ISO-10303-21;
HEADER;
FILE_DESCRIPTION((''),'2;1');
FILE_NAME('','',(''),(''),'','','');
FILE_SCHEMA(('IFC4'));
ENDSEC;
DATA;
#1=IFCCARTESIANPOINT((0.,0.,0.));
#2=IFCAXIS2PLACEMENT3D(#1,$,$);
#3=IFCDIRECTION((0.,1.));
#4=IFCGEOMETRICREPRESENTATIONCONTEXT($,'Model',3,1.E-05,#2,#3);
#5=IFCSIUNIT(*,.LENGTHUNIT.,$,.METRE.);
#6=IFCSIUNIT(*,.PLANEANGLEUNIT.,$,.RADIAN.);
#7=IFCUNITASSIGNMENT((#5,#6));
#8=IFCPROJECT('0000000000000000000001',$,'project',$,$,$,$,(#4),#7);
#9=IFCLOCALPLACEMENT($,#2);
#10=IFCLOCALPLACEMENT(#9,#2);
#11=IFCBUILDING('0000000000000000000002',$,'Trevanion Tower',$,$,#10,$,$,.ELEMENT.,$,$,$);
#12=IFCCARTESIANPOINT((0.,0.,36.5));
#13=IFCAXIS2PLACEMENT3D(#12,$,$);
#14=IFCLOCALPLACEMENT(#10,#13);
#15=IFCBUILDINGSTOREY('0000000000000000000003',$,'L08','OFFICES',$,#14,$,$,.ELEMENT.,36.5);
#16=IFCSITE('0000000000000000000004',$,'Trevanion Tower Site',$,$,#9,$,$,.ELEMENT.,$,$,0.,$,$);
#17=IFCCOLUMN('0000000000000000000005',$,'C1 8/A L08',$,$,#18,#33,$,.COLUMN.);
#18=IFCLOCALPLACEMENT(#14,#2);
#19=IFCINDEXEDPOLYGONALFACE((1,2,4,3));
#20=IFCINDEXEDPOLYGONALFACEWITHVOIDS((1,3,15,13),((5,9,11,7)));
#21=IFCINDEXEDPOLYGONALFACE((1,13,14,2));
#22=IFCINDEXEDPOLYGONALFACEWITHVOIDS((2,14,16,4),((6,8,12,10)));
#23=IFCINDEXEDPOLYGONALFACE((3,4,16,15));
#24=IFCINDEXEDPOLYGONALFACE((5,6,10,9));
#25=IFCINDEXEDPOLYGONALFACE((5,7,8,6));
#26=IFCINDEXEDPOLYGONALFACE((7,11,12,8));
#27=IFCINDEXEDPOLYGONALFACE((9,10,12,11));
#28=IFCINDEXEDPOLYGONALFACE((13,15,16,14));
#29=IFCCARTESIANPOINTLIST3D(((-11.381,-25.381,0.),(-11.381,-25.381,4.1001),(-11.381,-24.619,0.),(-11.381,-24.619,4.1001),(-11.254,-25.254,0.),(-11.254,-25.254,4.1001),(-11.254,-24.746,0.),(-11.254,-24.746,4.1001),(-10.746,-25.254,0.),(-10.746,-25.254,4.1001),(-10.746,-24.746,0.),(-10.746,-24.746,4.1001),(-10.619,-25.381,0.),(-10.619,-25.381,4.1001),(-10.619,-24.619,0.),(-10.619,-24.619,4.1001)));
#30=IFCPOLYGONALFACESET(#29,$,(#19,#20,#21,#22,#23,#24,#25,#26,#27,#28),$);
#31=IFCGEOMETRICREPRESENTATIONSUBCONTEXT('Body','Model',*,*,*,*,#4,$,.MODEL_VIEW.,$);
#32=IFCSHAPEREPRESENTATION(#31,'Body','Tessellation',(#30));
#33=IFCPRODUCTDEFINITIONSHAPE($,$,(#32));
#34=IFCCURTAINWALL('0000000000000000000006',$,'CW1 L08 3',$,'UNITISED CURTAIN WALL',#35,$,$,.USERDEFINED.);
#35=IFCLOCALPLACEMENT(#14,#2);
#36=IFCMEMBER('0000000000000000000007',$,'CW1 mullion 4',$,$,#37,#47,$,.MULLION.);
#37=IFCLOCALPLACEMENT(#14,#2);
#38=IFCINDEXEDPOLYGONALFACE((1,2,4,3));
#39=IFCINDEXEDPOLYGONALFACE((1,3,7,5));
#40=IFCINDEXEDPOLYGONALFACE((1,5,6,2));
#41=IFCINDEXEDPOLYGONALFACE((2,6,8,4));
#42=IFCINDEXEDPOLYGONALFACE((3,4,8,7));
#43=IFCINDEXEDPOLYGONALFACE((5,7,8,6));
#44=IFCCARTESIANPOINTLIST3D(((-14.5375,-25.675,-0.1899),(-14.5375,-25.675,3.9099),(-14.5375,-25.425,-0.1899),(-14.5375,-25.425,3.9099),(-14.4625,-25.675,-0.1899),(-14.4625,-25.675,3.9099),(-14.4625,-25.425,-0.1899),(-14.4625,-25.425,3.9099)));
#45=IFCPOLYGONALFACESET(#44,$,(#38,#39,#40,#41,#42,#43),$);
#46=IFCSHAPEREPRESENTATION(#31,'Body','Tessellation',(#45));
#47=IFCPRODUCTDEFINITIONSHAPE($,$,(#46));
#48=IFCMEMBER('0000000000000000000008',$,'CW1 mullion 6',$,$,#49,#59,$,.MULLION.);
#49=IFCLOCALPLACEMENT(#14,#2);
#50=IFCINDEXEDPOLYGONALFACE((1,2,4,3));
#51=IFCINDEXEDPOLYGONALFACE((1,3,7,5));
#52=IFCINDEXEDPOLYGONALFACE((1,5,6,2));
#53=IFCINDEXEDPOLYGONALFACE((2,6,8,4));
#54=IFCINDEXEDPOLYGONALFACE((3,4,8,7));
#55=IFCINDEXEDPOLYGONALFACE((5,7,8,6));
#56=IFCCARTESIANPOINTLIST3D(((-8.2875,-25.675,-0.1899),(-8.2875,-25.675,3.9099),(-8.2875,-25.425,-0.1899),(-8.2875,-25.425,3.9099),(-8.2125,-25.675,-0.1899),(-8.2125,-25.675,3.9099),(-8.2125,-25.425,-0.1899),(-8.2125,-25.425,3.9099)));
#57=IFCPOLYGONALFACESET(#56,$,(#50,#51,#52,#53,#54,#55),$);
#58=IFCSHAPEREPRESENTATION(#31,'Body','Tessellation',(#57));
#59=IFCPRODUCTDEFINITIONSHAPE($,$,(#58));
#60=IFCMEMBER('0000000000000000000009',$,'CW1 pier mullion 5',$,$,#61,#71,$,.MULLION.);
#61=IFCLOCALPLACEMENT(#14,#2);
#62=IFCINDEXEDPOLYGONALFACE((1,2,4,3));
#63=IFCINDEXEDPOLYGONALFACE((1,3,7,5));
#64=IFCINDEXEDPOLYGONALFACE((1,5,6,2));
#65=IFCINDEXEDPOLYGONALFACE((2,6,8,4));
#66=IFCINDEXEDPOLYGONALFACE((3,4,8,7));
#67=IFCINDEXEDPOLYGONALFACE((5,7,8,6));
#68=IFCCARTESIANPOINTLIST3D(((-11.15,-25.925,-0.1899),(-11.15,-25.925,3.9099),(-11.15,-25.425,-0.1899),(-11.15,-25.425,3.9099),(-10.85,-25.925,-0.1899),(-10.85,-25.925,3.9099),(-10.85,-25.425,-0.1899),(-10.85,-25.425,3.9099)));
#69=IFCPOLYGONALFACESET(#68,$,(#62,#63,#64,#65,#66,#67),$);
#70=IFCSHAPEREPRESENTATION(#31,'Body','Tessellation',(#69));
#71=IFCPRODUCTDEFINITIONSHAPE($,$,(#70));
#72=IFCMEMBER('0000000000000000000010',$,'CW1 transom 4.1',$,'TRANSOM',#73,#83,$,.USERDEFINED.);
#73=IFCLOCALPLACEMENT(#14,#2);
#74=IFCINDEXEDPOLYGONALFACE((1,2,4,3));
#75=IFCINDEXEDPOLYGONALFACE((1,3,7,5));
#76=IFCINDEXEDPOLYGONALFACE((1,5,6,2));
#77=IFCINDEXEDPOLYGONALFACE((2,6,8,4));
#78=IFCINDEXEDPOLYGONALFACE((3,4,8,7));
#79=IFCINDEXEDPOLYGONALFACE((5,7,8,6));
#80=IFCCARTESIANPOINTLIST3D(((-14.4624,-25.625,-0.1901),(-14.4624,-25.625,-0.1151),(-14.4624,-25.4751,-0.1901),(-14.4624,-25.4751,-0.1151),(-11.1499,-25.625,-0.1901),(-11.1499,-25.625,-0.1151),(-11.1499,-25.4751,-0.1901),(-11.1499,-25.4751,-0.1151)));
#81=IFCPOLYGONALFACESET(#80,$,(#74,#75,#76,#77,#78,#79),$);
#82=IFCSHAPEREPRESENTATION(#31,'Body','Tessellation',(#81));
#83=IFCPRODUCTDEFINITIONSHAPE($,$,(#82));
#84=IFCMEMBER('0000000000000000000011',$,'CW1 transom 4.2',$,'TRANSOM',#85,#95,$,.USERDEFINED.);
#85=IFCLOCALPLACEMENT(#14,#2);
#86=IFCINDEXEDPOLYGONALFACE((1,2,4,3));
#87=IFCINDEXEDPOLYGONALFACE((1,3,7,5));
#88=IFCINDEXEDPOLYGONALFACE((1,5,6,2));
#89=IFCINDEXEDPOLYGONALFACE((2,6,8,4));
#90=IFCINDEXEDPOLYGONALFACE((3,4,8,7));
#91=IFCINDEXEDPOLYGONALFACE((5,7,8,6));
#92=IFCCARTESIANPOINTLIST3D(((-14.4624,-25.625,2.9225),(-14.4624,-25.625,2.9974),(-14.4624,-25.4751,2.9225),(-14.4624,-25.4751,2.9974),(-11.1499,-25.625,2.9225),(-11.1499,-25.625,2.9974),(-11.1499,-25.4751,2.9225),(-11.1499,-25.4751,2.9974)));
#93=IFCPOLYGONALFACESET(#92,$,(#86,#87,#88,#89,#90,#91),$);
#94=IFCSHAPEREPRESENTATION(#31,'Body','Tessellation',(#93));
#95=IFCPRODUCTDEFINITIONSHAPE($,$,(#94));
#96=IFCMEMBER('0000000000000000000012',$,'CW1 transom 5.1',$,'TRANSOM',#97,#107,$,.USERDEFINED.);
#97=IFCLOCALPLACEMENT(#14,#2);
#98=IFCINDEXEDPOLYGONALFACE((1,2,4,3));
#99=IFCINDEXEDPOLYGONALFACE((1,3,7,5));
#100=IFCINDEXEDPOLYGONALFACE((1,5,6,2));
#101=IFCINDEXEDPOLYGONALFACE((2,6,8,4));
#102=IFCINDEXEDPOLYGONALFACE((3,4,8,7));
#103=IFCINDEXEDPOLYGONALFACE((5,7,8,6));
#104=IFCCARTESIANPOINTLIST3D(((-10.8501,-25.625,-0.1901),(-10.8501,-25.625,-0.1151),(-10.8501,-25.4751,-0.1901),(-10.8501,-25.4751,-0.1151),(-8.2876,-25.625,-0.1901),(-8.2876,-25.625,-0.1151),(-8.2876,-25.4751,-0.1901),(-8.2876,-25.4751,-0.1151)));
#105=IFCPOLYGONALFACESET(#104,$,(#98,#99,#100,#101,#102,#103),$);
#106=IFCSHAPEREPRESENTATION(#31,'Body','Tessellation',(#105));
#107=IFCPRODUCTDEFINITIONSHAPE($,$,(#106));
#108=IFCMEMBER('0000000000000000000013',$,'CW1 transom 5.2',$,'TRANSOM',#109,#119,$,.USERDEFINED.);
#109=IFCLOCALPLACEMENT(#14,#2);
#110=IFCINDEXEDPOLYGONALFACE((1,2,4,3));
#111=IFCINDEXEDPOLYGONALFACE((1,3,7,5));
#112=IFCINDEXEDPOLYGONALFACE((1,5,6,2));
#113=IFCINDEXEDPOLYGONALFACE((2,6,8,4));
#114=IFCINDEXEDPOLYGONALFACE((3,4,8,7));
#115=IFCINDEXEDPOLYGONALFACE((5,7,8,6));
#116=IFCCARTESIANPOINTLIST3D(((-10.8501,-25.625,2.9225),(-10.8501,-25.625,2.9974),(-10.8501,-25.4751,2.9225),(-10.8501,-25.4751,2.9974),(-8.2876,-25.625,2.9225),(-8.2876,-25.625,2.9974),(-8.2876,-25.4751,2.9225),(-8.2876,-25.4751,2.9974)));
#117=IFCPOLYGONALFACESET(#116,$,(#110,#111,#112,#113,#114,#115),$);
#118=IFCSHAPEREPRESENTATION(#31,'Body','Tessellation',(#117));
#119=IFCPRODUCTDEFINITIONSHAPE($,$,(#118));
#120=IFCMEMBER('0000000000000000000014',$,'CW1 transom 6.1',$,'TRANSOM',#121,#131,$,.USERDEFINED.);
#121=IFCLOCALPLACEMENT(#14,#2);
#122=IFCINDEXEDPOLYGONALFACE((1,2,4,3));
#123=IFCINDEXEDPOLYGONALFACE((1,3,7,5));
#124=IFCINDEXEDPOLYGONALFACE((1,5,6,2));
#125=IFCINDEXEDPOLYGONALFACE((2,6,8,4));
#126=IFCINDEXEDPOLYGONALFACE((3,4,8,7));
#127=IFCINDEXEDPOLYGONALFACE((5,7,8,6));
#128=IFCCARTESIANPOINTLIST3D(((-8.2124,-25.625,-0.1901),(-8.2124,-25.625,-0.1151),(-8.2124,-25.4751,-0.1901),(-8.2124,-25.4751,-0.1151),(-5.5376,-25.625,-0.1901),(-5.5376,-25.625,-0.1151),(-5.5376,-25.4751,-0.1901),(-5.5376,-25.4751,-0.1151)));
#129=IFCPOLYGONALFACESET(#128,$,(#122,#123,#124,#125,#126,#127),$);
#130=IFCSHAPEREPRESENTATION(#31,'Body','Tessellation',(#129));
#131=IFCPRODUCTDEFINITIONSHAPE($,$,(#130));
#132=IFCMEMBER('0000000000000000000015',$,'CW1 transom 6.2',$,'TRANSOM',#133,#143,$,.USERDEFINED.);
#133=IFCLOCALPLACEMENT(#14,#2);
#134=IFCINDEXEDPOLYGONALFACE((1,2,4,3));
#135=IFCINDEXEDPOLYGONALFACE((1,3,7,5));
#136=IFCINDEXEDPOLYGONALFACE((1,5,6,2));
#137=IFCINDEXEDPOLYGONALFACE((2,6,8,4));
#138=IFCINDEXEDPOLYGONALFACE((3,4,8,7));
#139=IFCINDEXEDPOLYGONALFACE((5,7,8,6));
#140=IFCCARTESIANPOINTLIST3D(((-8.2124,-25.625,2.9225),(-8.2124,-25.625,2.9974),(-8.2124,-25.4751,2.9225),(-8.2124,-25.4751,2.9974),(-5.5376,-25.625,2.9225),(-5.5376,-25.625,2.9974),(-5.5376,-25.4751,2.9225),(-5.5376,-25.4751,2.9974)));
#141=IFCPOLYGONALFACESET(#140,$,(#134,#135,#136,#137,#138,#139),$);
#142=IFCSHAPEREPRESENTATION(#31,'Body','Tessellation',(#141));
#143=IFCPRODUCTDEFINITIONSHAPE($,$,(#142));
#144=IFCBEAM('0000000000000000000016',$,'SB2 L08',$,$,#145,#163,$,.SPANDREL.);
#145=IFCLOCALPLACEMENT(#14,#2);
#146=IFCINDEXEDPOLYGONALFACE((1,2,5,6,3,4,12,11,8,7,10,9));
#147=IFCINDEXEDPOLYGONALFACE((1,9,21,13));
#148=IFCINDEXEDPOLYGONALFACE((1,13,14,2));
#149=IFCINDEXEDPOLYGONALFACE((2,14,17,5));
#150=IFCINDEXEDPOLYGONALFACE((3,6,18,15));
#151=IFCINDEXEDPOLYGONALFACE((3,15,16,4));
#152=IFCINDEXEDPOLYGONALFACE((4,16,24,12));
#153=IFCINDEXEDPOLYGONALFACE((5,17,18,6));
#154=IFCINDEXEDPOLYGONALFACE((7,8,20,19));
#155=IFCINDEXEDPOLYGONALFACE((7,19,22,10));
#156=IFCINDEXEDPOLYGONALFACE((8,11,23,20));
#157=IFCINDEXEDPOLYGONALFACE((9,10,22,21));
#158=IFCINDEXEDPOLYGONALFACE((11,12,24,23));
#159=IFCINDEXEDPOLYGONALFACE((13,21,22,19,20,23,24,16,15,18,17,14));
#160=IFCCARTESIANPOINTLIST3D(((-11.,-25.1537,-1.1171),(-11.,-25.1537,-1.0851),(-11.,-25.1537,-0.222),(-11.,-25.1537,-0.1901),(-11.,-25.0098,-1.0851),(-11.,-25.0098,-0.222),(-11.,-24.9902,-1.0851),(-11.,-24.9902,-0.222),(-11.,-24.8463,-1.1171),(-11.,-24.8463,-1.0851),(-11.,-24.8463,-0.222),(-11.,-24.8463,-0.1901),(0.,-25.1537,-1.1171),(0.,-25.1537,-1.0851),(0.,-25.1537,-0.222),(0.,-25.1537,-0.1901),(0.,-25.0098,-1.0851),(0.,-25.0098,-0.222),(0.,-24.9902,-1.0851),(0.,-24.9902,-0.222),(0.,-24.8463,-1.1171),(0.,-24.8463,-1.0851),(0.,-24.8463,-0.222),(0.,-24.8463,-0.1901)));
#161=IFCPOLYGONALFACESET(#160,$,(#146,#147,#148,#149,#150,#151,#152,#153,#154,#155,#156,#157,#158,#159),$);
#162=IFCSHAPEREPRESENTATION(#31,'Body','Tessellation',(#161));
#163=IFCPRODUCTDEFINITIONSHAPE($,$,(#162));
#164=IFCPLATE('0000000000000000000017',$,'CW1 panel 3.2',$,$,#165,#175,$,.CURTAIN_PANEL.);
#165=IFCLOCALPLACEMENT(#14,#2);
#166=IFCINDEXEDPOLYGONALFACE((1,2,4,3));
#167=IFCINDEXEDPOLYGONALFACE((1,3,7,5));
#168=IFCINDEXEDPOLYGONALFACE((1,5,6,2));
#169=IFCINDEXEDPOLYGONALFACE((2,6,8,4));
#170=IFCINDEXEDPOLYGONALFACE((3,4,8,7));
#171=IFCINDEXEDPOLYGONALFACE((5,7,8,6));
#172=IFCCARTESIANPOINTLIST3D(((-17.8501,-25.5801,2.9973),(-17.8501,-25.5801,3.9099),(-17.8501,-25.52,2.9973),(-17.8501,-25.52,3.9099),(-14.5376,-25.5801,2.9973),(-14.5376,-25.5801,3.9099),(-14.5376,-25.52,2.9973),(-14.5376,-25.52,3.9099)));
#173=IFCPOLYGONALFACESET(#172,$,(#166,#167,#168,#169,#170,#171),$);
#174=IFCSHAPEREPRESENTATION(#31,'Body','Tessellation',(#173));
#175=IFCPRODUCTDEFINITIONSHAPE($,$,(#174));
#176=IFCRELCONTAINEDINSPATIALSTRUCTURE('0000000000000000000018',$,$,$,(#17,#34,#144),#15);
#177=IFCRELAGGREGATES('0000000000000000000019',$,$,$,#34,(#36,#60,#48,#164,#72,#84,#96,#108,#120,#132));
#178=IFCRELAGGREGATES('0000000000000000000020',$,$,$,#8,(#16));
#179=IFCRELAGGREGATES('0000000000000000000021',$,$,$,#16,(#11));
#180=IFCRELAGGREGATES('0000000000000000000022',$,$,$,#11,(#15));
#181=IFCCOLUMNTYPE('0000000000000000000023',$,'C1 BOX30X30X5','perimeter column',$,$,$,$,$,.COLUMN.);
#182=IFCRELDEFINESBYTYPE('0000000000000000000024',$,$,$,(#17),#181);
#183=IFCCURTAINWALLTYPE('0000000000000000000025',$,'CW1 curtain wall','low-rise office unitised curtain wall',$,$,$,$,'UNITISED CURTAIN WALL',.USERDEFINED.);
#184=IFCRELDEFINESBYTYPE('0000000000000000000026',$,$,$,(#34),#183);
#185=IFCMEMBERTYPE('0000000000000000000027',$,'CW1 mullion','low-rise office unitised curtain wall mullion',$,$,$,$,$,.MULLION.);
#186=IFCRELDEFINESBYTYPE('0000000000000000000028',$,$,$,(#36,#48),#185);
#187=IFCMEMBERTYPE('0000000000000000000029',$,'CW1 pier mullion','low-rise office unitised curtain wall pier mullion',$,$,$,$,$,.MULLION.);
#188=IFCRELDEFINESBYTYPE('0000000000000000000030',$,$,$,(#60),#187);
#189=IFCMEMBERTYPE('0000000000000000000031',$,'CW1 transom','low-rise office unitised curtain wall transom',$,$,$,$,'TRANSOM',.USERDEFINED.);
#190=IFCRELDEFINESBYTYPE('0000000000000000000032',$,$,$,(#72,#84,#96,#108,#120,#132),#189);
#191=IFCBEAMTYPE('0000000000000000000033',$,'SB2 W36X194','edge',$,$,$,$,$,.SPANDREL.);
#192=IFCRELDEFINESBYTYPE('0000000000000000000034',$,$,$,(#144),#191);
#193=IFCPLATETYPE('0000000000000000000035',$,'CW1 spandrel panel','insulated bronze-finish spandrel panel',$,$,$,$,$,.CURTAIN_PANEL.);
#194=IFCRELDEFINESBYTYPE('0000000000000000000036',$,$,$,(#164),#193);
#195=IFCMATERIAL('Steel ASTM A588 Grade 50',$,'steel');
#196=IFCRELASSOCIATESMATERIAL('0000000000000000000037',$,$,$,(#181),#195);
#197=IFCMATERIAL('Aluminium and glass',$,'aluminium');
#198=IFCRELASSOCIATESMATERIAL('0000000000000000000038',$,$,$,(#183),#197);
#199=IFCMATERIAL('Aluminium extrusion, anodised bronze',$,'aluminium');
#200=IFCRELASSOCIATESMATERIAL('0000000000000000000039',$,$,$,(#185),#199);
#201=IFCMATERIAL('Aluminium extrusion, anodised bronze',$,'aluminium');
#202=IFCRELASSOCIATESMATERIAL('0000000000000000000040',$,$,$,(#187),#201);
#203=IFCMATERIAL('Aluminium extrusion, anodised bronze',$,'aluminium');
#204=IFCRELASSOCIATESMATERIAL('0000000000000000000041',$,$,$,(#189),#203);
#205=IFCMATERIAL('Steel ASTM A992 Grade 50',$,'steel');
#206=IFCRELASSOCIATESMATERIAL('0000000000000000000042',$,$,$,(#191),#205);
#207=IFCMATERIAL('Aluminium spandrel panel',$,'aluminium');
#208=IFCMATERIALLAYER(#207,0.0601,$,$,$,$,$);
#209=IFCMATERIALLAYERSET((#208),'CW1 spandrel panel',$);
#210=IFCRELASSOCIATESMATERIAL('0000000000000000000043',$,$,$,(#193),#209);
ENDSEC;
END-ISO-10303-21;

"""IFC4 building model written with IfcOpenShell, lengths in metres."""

from ifc_helpers import new_model, si_unit, direction, frame, origin, origin_2d, place, context, subcontext, project, spatial, rectangle, hollow_rectangle, i_section, extrude, material, layer, layer_set, material_profile, profile_set, type_object, element, aggregate, save


model = new_model("IFC4")

# Units and contexts
model_context = context("Model", 3, precision=1e-05, world=origin(), true_north=direction((0.0, 1.0)))
body_context = subcontext(model_context, "Body", "Model", "MODEL_VIEW")
ifc_project = project(units=[si_unit("LENGTHUNIT", "METRE"), si_unit("PLANEANGLEUNIT", "RADIAN")], contexts=[model_context])

# Site, building, storey
site_placement = place(None, origin())
site = spatial("IfcSite", under=ifc_project, at=site_placement, Name="Trevanion Tower Site", CompositionType="ELEMENT", RefElevation=0.0)
building_placement = place(site_placement, origin())
building = spatial("IfcBuilding", under=site, at=building_placement, Name="Trevanion Tower", CompositionType="ELEMENT")
storey_placement = place(building_placement, frame((0.0, 0.0, 36.5)))
storey = spatial("IfcBuildingStorey", under=building, at=storey_placement, Name="L08", Description="OFFICES", CompositionType="ELEMENT", Elevation=36.5)

# Column
ifc_material_1 = material(Name="Steel ASTM A588 Grade 50", Category="steel")
ifc_material_profile_1 = material_profile(ifc_material_1, hollow_rectangle(XDim=0.762, YDim=0.762, WallThickness=0.127, at=origin_2d()), Name="BOX30X30X5")
ifc_profile_set_1 = profile_set([ifc_material_profile_1], Name="Steel ASTM A588 Grade 50")
column_type = type_object("IfcColumnType", Name="C1 BOX30X30X5", Description="perimeter column", PredefinedType="COLUMN", material=ifc_profile_set_1)
column_placement = place(storey_placement, frame((-11.0, -25.0, 0.0), z_axis=(0.0, 0.0, 1.0), x_axis=(1.0, 0.0, 0.0)))
element("IfcColumn", 1, at=column_placement, inside=storey, type_object=column_type, Name="C1 8/A L08", PredefinedType="COLUMN", context=body_context, shape_type="SweptSolid", body=[
    extrude(hollow_rectangle(XDim=0.762, YDim=0.762, WallThickness=0.127, at=origin_2d()), origin(), (0.0, 0.0, 1.0), 4.1001),
])

# Curtain wall, members
ifc_material_2 = material(Name="Aluminium and glass", Category="aluminium")
curtain_wall_type = type_object("IfcCurtainWallType", Name="CW1 curtain wall", Description="low-rise office unitised curtain wall", ElementType="UNITISED CURTAIN WALL", PredefinedType="USERDEFINED", material=ifc_material_2)
curtain_wall_placement = place(storey_placement, origin())
curtain_wall = element("IfcCurtainWall", 2, at=curtain_wall_placement, inside=storey, type_object=curtain_wall_type, Name="CW1 L08 3", ObjectType="UNITISED CURTAIN WALL", PredefinedType="USERDEFINED")
ifc_material_3 = material(Name="Aluminium extrusion, anodised bronze", Category="aluminium")
ifc_material_profile_2 = material_profile(ifc_material_3, rectangle(XDim=0.075, YDim=0.25, at=origin_2d()), Name="CW1 mullion")
ifc_profile_set_2 = profile_set([ifc_material_profile_2], Name="Aluminium extrusion, anodised bronze")
member_type_1 = type_object("IfcMemberType", Name="CW1 mullion", Description="low-rise office unitised curtain wall mullion", PredefinedType="MULLION", material=ifc_profile_set_2)
member_1_placement = place(storey_placement, frame((-14.5, -25.55, -0.1899), z_axis=(0.0, 0.0, 1.0), x_axis=(1.0, 0.0, 0.0)))
member_1 = element("IfcMember", 3, at=member_1_placement, type_object=member_type_1, Name="CW1 mullion 4", PredefinedType="MULLION", context=body_context, shape_type="SweptSolid", body=[
    extrude(rectangle(XDim=0.075, YDim=0.25, at=origin_2d()), origin(), (0.0, 0.0, 1.0), 4.0999),
])
member_2_placement = place(storey_placement, frame((-8.25, -25.55, -0.1899), z_axis=(0.0, 0.0, 1.0), x_axis=(1.0, 0.0, 0.0)))
member_2 = element("IfcMember", 4, at=member_2_placement, type_object=member_type_1, Name="CW1 mullion 6", PredefinedType="MULLION", context=body_context, shape_type="SweptSolid", body=[
    extrude(rectangle(XDim=0.075, YDim=0.25, at=origin_2d()), origin(), (0.0, 0.0, 1.0), 4.0999),
])
ifc_material_4 = material(Name="Aluminium extrusion, anodised bronze", Category="aluminium")
ifc_material_profile_3 = material_profile(ifc_material_4, rectangle(XDim=0.3, YDim=0.5, at=origin_2d()), Name="CW1 pier mullion")
ifc_profile_set_3 = profile_set([ifc_material_profile_3], Name="Aluminium extrusion, anodised bronze")
member_type_2 = type_object("IfcMemberType", Name="CW1 pier mullion", Description="low-rise office unitised curtain wall pier mullion", PredefinedType="MULLION", material=ifc_profile_set_3)
member_3_placement = place(storey_placement, frame((-11.0, -25.675, -0.1899), z_axis=(0.0, 0.0, 1.0), x_axis=(1.0, 0.0, 0.0)))
member_3 = element("IfcMember", 5, at=member_3_placement, type_object=member_type_2, Name="CW1 pier mullion 5", PredefinedType="MULLION", context=body_context, shape_type="SweptSolid", body=[
    extrude(rectangle(XDim=0.3, YDim=0.5, at=origin_2d()), origin(), (0.0, 0.0, 1.0), 4.0999),
])
ifc_material_5 = material(Name="Aluminium extrusion, anodised bronze", Category="aluminium")
ifc_material_profile_4 = material_profile(ifc_material_5, rectangle(XDim=0.1499, YDim=0.075, at=origin_2d()), Name="CW1 transom")
ifc_profile_set_4 = profile_set([ifc_material_profile_4], Name="Aluminium extrusion, anodised bronze")
member_type_3 = type_object("IfcMemberType", Name="CW1 transom", Description="low-rise office unitised curtain wall transom", ElementType="TRANSOM", PredefinedType="USERDEFINED", material=ifc_profile_set_4)
member_4_placement = place(storey_placement, frame((-14.4624, -25.55, -0.1526), z_axis=(1.0, 0.0, 0.0), x_axis=(0.0, 1.0, 0.0)))
member_4 = element("IfcMember", 6, at=member_4_placement, type_object=member_type_3, Name="CW1 transom 4.1", ObjectType="TRANSOM", PredefinedType="USERDEFINED", context=body_context, shape_type="SweptSolid", body=[
    extrude(rectangle(XDim=0.1499, YDim=0.075, at=origin_2d()), origin(), (0.0, 0.0, 1.0), 3.3125),
])
member_5_placement = place(storey_placement, frame((-14.4624, -25.55, 2.96), z_axis=(1.0, 0.0, 0.0), x_axis=(0.0, 1.0, 0.0)))
member_5 = element("IfcMember", 7, at=member_5_placement, type_object=member_type_3, Name="CW1 transom 4.2", ObjectType="TRANSOM", PredefinedType="USERDEFINED", context=body_context, shape_type="SweptSolid", body=[
    extrude(rectangle(XDim=0.1499, YDim=0.075, at=origin_2d()), origin(), (0.0, 0.0, 1.0), 3.3125),
])
member_6_placement = place(storey_placement, frame((-10.8501, -25.55, -0.1526), z_axis=(1.0, 0.0, 0.0), x_axis=(0.0, 1.0, 0.0)))
member_6 = element("IfcMember", 8, at=member_6_placement, type_object=member_type_3, Name="CW1 transom 5.1", ObjectType="TRANSOM", PredefinedType="USERDEFINED", context=body_context, shape_type="SweptSolid", body=[
    extrude(rectangle(XDim=0.1499, YDim=0.075, at=origin_2d()), origin(), (0.0, 0.0, 1.0), 2.5625),
])
member_7_placement = place(storey_placement, frame((-10.8501, -25.55, 2.96), z_axis=(1.0, 0.0, 0.0), x_axis=(0.0, 1.0, 0.0)))
member_7 = element("IfcMember", 9, at=member_7_placement, type_object=member_type_3, Name="CW1 transom 5.2", ObjectType="TRANSOM", PredefinedType="USERDEFINED", context=body_context, shape_type="SweptSolid", body=[
    extrude(rectangle(XDim=0.1499, YDim=0.075, at=origin_2d()), origin(), (0.0, 0.0, 1.0), 2.5625),
])
member_8_placement = place(storey_placement, frame((-8.2124, -25.55, -0.1526), z_axis=(1.0, 0.0, 0.0), x_axis=(0.0, 1.0, 0.0)))
member_8 = element("IfcMember", 10, at=member_8_placement, type_object=member_type_3, Name="CW1 transom 6.1", ObjectType="TRANSOM", PredefinedType="USERDEFINED", context=body_context, shape_type="SweptSolid", body=[
    extrude(rectangle(XDim=0.1499, YDim=0.075, at=origin_2d()), origin(), (0.0, 0.0, 1.0), 2.6748),
])
member_9_placement = place(storey_placement, frame((-8.2124, -25.55, 2.96), z_axis=(1.0, 0.0, 0.0), x_axis=(0.0, 1.0, 0.0)))
member_9 = element("IfcMember", 11, at=member_9_placement, type_object=member_type_3, Name="CW1 transom 6.2", ObjectType="TRANSOM", PredefinedType="USERDEFINED", context=body_context, shape_type="SweptSolid", body=[
    extrude(rectangle(XDim=0.1499, YDim=0.075, at=origin_2d()), origin(), (0.0, 0.0, 1.0), 2.6748),
])

# Beam
ifc_material_6 = material(Name="Steel ASTM A992 Grade 50", Category="steel")
ifc_material_profile_5 = material_profile(ifc_material_6, i_section(OverallWidth=0.3074, OverallDepth=0.927, WebThickness=0.0195, FlangeThickness=0.032, at=origin_2d()), Name="W36X194")
ifc_profile_set_5 = profile_set([ifc_material_profile_5], Name="Steel ASTM A992 Grade 50")
beam_type = type_object("IfcBeamType", Name="SB2 W36X194", Description="edge", PredefinedType="SPANDREL", material=ifc_profile_set_5)
beam_placement = place(storey_placement, frame((-11.0, -25.0, -0.6536), z_axis=(1.0, 0.0, 0.0), x_axis=(0.0, 1.0, 0.0)))
element("IfcBeam", 12, at=beam_placement, inside=storey, type_object=beam_type, Name="SB2 L08", PredefinedType="SPANDREL", context=body_context, shape_type="SweptSolid", body=[
    extrude(i_section(OverallWidth=0.3074, OverallDepth=0.927, WebThickness=0.0195, FlangeThickness=0.032, at=origin_2d()), origin(), (0.0, 0.0, 1.0), 11.0),
])

# Plate
ifc_material_7 = material(Name="Aluminium spandrel panel", Category="aluminium")
ifc_layer_1 = layer(ifc_material_7, 0.0601)
ifc_layer_set_1 = layer_set([ifc_layer_1], Name="CW1 spandrel panel")
plate_type_1 = type_object("IfcPlateType", Name="CW1 spandrel panel", Description="insulated bronze-finish spandrel panel", PredefinedType="CURTAIN_PANEL", material=ifc_layer_set_1)
plate_1_placement = place(storey_placement, frame((-16.1938, -25.55, 2.9973), z_axis=(0.0, 0.0, 1.0), x_axis=(1.0, 0.0, 0.0)))
plate_1 = element("IfcPlate", 13, at=plate_1_placement, type_object=plate_type_1, Name="CW1 panel 3.2", PredefinedType="CURTAIN_PANEL", context=body_context, shape_type="SweptSolid", body=[
    extrude(rectangle(XDim=3.3125, YDim=0.0601, at=origin_2d()), origin(), (0.0, 0.0, 1.0), 0.9126),
])
aggregate(curtain_wall, [member_1, member_3, member_2, plate_1, member_4, member_5, member_6, member_7, member_8, member_9])

save(model, "model.ifc")
